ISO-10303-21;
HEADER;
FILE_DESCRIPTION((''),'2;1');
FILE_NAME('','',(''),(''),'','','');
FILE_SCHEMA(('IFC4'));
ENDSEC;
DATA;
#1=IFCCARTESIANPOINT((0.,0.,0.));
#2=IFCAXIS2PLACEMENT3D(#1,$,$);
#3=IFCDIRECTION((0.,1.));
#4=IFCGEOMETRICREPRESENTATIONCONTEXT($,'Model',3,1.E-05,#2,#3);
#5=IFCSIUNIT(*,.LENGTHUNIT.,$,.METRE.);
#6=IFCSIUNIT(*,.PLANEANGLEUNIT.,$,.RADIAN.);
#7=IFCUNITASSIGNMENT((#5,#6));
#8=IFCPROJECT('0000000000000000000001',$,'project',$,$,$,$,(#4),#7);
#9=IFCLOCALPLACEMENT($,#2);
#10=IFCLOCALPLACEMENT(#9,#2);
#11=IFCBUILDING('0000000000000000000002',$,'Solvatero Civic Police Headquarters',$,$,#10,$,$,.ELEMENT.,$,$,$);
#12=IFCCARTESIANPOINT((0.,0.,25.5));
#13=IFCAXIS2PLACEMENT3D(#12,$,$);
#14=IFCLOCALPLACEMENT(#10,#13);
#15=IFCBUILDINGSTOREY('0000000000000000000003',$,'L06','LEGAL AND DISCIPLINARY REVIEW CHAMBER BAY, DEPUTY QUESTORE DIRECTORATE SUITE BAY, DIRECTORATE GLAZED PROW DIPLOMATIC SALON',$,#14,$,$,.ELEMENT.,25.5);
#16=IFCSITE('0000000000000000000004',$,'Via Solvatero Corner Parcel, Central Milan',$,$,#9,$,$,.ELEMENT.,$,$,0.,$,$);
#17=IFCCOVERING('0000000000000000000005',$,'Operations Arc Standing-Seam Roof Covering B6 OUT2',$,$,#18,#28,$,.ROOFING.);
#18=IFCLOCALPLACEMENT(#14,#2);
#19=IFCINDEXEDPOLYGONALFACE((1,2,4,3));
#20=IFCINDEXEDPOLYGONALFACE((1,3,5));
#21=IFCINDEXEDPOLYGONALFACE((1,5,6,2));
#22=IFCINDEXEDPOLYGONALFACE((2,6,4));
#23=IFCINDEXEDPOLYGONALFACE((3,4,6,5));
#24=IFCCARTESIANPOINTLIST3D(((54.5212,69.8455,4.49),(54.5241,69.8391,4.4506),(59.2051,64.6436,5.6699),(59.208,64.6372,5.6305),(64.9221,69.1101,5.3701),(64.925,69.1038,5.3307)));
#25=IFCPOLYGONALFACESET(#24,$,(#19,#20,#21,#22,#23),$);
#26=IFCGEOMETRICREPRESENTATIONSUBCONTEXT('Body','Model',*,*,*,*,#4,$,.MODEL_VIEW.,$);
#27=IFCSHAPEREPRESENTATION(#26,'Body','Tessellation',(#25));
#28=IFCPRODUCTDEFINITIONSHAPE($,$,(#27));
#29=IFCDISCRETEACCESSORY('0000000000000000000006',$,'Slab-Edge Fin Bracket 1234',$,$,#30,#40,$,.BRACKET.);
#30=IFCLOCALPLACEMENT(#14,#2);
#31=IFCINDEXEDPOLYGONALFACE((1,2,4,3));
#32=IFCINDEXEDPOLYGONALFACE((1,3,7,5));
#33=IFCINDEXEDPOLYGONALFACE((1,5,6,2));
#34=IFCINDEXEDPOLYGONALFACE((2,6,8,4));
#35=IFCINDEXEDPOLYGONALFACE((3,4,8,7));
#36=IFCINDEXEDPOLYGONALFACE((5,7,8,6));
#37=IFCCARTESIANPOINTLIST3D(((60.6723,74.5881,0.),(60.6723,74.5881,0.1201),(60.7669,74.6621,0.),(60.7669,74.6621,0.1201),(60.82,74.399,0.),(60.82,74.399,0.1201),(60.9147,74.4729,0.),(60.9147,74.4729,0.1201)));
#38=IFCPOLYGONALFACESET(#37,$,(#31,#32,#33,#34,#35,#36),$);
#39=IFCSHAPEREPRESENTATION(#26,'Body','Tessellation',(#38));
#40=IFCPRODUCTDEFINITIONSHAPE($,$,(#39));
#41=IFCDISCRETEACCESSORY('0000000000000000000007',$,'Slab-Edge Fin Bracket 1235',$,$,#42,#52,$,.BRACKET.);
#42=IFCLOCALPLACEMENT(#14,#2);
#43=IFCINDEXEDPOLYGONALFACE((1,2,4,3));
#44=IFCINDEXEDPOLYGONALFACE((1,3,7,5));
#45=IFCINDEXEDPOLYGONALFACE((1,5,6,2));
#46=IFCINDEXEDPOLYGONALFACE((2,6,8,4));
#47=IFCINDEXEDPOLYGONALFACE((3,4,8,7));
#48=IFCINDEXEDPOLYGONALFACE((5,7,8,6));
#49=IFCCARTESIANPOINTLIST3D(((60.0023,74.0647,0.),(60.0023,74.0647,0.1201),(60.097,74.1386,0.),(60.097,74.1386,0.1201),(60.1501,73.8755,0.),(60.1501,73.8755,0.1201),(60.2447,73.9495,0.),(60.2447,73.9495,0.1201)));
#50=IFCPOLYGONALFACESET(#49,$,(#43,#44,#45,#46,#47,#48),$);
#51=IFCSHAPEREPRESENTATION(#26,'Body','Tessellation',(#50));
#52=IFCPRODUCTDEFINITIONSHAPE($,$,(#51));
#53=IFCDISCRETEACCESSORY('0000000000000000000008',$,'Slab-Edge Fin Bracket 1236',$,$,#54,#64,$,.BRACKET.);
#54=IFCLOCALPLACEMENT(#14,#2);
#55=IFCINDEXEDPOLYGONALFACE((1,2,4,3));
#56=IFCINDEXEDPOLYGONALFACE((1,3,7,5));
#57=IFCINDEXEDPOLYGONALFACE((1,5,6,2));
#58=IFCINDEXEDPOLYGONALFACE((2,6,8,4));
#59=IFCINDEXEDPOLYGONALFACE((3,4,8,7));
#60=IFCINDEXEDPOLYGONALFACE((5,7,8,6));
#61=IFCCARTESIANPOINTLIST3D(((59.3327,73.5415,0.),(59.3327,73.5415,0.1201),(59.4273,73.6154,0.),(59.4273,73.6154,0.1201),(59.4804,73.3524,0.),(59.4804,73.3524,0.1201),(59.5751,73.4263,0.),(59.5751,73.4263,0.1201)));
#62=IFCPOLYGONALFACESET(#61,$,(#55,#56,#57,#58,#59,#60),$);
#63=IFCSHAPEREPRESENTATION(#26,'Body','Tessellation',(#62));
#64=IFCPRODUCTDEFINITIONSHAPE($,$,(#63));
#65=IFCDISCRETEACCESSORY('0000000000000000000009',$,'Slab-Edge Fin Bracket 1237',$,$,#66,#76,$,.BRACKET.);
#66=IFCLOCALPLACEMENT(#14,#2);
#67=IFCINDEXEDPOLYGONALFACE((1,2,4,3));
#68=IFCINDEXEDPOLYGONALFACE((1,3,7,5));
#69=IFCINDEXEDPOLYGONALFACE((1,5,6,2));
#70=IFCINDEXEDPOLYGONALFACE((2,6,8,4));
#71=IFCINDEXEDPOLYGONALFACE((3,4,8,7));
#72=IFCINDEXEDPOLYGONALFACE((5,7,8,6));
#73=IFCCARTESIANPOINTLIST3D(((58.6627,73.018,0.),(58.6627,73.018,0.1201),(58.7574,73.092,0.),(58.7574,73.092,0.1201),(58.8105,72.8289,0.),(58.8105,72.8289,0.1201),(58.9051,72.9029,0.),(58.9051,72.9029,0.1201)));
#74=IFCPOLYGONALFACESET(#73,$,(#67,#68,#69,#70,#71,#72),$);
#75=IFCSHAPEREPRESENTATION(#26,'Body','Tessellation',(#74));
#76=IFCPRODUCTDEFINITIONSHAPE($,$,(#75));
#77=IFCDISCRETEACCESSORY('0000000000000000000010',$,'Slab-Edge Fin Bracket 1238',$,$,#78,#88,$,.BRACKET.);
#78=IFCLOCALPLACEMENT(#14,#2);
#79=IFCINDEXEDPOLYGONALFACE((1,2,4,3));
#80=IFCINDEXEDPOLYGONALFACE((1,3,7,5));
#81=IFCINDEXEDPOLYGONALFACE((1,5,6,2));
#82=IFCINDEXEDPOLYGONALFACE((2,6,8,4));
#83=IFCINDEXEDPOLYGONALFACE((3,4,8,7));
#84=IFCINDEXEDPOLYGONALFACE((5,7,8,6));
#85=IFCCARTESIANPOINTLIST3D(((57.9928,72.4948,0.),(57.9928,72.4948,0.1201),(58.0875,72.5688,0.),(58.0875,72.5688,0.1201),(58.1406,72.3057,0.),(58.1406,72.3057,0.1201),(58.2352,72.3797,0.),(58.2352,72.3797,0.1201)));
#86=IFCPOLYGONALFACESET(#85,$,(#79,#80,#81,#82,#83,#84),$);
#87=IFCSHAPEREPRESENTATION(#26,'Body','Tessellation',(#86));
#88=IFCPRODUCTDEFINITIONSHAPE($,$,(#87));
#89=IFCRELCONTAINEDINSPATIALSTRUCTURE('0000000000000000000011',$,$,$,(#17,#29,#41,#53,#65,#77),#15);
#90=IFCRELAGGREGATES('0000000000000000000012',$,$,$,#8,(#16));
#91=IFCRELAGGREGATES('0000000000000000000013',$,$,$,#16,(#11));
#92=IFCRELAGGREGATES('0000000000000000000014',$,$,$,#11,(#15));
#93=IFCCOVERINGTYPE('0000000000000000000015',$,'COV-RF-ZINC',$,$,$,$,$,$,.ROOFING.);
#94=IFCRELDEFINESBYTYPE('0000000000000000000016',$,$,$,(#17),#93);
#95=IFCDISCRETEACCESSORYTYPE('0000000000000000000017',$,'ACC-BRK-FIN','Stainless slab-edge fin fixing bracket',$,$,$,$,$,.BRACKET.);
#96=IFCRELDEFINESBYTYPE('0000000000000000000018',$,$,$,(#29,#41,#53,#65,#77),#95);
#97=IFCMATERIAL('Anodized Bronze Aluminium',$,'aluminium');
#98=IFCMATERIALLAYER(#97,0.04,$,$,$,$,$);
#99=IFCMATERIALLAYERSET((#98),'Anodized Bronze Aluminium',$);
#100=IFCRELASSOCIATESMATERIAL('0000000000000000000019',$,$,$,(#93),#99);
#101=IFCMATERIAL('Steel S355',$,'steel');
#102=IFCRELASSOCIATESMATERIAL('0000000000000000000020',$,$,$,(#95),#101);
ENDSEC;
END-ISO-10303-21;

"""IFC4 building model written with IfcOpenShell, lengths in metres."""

from ifc_helpers import new_model, si_unit, direction, frame, origin, origin_2d, place, context, subcontext, project, spatial, polyline, rectangle, outline, extrude, material, layer, layer_set, type_object, element, save


model = new_model("IFC4")

# Units and contexts
model_context = context("Model", 3, precision=1e-05, world=origin(), true_north=direction((0.0, 1.0)))
body_context = subcontext(model_context, "Body", "Model", "MODEL_VIEW")
ifc_project = project(units=[si_unit("LENGTHUNIT", "METRE"), si_unit("PLANEANGLEUNIT", "RADIAN")], contexts=[model_context])

# Site, building, storey
site_placement = place(None, origin())
site = spatial("IfcSite", under=ifc_project, at=site_placement, Name="Via Solvatero Corner Parcel, Central Milan", CompositionType="ELEMENT", RefElevation=0.0)
building_placement = place(site_placement, origin())
building = spatial("IfcBuilding", under=site, at=building_placement, Name="Solvatero Civic Police Headquarters", CompositionType="ELEMENT")
storey_placement = place(building_placement, frame((0.0, 0.0, 25.5)))
storey = spatial("IfcBuildingStorey", under=building, at=storey_placement, Name="L06", Description="LEGAL AND DISCIPLINARY REVIEW CHAMBER BAY, DEPUTY QUESTORE DIRECTORATE SUITE BAY, DIRECTORATE GLAZED PROW DIPLOMATIC SALON", CompositionType="ELEMENT", Elevation=25.5)

# Shared definitions
ifc_material_1 = material(Name="Steel S355", Category="steel")

# Shared definitions
ifc_material_2 = material(Name="Anodized Bronze Aluminium", Category="aluminium")

# Covering
ifc_layer_1 = layer(ifc_material_2, 0.04)
ifc_layer_set_1 = layer_set([ifc_layer_1], Name="Anodized Bronze Aluminium")
covering_type_1 = type_object("IfcCoveringType", Name="COV-RF-ZINC", PredefinedType="ROOFING", material=ifc_layer_set_1)
covering_1_placement = place(storey_placement, frame((64.9221, 69.1101, 5.3701), z_axis=(-0.072128, 0.158419, 0.984734), x_axis=(-0.993975, 0.070275, -0.084111)))
element("IfcCovering", 1, at=covering_1_placement, inside=storey, type_object=covering_type_1, Name="Operations Arc Standing-Seam Roof Covering B6 OUT2", PredefinedType="ROOFING", context=body_context, shape_type="SweptSolid", body=[
    extrude(outline(polyline([(0.0, 0.0), (10.4639, 0.0), (5.3435, 4.9165), (0.0, 0.0)])), origin(), (0.0, 0.0, -1.0), 0.04),
])

# Discrete accessories
discrete_accessory_type = type_object("IfcDiscreteAccessoryType", Name="ACC-BRK-FIN", Description="Stainless slab-edge fin fixing bracket", PredefinedType="BRACKET", material=ifc_material_1)
for number, where, z_axis, x_axis, name in (
    (2, (60.7935, 74.5305, 0.0), (0.0, 0.0, 1.0), (-0.788011, -0.615661, 0.0), "Slab-Edge Fin Bracket 1234"),
    (3, (60.1235, 74.0071, 0.0), (0.0, 0.0, 1.0), (-0.788011, -0.615661, 0.0), "Slab-Edge Fin Bracket 1235"),
    (4, (59.4539, 73.4839, 0.0), (0.0, 0.0, 1.0), (-0.788011, -0.615661, 0.0), "Slab-Edge Fin Bracket 1236"),
    (5, (58.7839, 72.9604, 0.0), (0.0, 0.0, 1.0), (-0.788011, -0.615661, 0.0), "Slab-Edge Fin Bracket 1237"),
    (6, (58.114, 72.4373, 0.0), (0.0, 0.0, 1.0), (-0.788011, -0.615661, 0.0), "Slab-Edge Fin Bracket 1238"),
):
    element("IfcDiscreteAccessory", number, at=place(storey_placement, frame(where, z_axis=z_axis, x_axis=x_axis)), inside=storey, type_object=discrete_accessory_type, Name=name, PredefinedType="BRACKET", context=body_context, shape_type="SweptSolid", body=[
        extrude(rectangle(XDim=0.1201, YDim=0.24, at=origin_2d()), origin(), (0.0, 0.0, 1.0), 0.1201),
    ])

save(model, "model.ifc")
